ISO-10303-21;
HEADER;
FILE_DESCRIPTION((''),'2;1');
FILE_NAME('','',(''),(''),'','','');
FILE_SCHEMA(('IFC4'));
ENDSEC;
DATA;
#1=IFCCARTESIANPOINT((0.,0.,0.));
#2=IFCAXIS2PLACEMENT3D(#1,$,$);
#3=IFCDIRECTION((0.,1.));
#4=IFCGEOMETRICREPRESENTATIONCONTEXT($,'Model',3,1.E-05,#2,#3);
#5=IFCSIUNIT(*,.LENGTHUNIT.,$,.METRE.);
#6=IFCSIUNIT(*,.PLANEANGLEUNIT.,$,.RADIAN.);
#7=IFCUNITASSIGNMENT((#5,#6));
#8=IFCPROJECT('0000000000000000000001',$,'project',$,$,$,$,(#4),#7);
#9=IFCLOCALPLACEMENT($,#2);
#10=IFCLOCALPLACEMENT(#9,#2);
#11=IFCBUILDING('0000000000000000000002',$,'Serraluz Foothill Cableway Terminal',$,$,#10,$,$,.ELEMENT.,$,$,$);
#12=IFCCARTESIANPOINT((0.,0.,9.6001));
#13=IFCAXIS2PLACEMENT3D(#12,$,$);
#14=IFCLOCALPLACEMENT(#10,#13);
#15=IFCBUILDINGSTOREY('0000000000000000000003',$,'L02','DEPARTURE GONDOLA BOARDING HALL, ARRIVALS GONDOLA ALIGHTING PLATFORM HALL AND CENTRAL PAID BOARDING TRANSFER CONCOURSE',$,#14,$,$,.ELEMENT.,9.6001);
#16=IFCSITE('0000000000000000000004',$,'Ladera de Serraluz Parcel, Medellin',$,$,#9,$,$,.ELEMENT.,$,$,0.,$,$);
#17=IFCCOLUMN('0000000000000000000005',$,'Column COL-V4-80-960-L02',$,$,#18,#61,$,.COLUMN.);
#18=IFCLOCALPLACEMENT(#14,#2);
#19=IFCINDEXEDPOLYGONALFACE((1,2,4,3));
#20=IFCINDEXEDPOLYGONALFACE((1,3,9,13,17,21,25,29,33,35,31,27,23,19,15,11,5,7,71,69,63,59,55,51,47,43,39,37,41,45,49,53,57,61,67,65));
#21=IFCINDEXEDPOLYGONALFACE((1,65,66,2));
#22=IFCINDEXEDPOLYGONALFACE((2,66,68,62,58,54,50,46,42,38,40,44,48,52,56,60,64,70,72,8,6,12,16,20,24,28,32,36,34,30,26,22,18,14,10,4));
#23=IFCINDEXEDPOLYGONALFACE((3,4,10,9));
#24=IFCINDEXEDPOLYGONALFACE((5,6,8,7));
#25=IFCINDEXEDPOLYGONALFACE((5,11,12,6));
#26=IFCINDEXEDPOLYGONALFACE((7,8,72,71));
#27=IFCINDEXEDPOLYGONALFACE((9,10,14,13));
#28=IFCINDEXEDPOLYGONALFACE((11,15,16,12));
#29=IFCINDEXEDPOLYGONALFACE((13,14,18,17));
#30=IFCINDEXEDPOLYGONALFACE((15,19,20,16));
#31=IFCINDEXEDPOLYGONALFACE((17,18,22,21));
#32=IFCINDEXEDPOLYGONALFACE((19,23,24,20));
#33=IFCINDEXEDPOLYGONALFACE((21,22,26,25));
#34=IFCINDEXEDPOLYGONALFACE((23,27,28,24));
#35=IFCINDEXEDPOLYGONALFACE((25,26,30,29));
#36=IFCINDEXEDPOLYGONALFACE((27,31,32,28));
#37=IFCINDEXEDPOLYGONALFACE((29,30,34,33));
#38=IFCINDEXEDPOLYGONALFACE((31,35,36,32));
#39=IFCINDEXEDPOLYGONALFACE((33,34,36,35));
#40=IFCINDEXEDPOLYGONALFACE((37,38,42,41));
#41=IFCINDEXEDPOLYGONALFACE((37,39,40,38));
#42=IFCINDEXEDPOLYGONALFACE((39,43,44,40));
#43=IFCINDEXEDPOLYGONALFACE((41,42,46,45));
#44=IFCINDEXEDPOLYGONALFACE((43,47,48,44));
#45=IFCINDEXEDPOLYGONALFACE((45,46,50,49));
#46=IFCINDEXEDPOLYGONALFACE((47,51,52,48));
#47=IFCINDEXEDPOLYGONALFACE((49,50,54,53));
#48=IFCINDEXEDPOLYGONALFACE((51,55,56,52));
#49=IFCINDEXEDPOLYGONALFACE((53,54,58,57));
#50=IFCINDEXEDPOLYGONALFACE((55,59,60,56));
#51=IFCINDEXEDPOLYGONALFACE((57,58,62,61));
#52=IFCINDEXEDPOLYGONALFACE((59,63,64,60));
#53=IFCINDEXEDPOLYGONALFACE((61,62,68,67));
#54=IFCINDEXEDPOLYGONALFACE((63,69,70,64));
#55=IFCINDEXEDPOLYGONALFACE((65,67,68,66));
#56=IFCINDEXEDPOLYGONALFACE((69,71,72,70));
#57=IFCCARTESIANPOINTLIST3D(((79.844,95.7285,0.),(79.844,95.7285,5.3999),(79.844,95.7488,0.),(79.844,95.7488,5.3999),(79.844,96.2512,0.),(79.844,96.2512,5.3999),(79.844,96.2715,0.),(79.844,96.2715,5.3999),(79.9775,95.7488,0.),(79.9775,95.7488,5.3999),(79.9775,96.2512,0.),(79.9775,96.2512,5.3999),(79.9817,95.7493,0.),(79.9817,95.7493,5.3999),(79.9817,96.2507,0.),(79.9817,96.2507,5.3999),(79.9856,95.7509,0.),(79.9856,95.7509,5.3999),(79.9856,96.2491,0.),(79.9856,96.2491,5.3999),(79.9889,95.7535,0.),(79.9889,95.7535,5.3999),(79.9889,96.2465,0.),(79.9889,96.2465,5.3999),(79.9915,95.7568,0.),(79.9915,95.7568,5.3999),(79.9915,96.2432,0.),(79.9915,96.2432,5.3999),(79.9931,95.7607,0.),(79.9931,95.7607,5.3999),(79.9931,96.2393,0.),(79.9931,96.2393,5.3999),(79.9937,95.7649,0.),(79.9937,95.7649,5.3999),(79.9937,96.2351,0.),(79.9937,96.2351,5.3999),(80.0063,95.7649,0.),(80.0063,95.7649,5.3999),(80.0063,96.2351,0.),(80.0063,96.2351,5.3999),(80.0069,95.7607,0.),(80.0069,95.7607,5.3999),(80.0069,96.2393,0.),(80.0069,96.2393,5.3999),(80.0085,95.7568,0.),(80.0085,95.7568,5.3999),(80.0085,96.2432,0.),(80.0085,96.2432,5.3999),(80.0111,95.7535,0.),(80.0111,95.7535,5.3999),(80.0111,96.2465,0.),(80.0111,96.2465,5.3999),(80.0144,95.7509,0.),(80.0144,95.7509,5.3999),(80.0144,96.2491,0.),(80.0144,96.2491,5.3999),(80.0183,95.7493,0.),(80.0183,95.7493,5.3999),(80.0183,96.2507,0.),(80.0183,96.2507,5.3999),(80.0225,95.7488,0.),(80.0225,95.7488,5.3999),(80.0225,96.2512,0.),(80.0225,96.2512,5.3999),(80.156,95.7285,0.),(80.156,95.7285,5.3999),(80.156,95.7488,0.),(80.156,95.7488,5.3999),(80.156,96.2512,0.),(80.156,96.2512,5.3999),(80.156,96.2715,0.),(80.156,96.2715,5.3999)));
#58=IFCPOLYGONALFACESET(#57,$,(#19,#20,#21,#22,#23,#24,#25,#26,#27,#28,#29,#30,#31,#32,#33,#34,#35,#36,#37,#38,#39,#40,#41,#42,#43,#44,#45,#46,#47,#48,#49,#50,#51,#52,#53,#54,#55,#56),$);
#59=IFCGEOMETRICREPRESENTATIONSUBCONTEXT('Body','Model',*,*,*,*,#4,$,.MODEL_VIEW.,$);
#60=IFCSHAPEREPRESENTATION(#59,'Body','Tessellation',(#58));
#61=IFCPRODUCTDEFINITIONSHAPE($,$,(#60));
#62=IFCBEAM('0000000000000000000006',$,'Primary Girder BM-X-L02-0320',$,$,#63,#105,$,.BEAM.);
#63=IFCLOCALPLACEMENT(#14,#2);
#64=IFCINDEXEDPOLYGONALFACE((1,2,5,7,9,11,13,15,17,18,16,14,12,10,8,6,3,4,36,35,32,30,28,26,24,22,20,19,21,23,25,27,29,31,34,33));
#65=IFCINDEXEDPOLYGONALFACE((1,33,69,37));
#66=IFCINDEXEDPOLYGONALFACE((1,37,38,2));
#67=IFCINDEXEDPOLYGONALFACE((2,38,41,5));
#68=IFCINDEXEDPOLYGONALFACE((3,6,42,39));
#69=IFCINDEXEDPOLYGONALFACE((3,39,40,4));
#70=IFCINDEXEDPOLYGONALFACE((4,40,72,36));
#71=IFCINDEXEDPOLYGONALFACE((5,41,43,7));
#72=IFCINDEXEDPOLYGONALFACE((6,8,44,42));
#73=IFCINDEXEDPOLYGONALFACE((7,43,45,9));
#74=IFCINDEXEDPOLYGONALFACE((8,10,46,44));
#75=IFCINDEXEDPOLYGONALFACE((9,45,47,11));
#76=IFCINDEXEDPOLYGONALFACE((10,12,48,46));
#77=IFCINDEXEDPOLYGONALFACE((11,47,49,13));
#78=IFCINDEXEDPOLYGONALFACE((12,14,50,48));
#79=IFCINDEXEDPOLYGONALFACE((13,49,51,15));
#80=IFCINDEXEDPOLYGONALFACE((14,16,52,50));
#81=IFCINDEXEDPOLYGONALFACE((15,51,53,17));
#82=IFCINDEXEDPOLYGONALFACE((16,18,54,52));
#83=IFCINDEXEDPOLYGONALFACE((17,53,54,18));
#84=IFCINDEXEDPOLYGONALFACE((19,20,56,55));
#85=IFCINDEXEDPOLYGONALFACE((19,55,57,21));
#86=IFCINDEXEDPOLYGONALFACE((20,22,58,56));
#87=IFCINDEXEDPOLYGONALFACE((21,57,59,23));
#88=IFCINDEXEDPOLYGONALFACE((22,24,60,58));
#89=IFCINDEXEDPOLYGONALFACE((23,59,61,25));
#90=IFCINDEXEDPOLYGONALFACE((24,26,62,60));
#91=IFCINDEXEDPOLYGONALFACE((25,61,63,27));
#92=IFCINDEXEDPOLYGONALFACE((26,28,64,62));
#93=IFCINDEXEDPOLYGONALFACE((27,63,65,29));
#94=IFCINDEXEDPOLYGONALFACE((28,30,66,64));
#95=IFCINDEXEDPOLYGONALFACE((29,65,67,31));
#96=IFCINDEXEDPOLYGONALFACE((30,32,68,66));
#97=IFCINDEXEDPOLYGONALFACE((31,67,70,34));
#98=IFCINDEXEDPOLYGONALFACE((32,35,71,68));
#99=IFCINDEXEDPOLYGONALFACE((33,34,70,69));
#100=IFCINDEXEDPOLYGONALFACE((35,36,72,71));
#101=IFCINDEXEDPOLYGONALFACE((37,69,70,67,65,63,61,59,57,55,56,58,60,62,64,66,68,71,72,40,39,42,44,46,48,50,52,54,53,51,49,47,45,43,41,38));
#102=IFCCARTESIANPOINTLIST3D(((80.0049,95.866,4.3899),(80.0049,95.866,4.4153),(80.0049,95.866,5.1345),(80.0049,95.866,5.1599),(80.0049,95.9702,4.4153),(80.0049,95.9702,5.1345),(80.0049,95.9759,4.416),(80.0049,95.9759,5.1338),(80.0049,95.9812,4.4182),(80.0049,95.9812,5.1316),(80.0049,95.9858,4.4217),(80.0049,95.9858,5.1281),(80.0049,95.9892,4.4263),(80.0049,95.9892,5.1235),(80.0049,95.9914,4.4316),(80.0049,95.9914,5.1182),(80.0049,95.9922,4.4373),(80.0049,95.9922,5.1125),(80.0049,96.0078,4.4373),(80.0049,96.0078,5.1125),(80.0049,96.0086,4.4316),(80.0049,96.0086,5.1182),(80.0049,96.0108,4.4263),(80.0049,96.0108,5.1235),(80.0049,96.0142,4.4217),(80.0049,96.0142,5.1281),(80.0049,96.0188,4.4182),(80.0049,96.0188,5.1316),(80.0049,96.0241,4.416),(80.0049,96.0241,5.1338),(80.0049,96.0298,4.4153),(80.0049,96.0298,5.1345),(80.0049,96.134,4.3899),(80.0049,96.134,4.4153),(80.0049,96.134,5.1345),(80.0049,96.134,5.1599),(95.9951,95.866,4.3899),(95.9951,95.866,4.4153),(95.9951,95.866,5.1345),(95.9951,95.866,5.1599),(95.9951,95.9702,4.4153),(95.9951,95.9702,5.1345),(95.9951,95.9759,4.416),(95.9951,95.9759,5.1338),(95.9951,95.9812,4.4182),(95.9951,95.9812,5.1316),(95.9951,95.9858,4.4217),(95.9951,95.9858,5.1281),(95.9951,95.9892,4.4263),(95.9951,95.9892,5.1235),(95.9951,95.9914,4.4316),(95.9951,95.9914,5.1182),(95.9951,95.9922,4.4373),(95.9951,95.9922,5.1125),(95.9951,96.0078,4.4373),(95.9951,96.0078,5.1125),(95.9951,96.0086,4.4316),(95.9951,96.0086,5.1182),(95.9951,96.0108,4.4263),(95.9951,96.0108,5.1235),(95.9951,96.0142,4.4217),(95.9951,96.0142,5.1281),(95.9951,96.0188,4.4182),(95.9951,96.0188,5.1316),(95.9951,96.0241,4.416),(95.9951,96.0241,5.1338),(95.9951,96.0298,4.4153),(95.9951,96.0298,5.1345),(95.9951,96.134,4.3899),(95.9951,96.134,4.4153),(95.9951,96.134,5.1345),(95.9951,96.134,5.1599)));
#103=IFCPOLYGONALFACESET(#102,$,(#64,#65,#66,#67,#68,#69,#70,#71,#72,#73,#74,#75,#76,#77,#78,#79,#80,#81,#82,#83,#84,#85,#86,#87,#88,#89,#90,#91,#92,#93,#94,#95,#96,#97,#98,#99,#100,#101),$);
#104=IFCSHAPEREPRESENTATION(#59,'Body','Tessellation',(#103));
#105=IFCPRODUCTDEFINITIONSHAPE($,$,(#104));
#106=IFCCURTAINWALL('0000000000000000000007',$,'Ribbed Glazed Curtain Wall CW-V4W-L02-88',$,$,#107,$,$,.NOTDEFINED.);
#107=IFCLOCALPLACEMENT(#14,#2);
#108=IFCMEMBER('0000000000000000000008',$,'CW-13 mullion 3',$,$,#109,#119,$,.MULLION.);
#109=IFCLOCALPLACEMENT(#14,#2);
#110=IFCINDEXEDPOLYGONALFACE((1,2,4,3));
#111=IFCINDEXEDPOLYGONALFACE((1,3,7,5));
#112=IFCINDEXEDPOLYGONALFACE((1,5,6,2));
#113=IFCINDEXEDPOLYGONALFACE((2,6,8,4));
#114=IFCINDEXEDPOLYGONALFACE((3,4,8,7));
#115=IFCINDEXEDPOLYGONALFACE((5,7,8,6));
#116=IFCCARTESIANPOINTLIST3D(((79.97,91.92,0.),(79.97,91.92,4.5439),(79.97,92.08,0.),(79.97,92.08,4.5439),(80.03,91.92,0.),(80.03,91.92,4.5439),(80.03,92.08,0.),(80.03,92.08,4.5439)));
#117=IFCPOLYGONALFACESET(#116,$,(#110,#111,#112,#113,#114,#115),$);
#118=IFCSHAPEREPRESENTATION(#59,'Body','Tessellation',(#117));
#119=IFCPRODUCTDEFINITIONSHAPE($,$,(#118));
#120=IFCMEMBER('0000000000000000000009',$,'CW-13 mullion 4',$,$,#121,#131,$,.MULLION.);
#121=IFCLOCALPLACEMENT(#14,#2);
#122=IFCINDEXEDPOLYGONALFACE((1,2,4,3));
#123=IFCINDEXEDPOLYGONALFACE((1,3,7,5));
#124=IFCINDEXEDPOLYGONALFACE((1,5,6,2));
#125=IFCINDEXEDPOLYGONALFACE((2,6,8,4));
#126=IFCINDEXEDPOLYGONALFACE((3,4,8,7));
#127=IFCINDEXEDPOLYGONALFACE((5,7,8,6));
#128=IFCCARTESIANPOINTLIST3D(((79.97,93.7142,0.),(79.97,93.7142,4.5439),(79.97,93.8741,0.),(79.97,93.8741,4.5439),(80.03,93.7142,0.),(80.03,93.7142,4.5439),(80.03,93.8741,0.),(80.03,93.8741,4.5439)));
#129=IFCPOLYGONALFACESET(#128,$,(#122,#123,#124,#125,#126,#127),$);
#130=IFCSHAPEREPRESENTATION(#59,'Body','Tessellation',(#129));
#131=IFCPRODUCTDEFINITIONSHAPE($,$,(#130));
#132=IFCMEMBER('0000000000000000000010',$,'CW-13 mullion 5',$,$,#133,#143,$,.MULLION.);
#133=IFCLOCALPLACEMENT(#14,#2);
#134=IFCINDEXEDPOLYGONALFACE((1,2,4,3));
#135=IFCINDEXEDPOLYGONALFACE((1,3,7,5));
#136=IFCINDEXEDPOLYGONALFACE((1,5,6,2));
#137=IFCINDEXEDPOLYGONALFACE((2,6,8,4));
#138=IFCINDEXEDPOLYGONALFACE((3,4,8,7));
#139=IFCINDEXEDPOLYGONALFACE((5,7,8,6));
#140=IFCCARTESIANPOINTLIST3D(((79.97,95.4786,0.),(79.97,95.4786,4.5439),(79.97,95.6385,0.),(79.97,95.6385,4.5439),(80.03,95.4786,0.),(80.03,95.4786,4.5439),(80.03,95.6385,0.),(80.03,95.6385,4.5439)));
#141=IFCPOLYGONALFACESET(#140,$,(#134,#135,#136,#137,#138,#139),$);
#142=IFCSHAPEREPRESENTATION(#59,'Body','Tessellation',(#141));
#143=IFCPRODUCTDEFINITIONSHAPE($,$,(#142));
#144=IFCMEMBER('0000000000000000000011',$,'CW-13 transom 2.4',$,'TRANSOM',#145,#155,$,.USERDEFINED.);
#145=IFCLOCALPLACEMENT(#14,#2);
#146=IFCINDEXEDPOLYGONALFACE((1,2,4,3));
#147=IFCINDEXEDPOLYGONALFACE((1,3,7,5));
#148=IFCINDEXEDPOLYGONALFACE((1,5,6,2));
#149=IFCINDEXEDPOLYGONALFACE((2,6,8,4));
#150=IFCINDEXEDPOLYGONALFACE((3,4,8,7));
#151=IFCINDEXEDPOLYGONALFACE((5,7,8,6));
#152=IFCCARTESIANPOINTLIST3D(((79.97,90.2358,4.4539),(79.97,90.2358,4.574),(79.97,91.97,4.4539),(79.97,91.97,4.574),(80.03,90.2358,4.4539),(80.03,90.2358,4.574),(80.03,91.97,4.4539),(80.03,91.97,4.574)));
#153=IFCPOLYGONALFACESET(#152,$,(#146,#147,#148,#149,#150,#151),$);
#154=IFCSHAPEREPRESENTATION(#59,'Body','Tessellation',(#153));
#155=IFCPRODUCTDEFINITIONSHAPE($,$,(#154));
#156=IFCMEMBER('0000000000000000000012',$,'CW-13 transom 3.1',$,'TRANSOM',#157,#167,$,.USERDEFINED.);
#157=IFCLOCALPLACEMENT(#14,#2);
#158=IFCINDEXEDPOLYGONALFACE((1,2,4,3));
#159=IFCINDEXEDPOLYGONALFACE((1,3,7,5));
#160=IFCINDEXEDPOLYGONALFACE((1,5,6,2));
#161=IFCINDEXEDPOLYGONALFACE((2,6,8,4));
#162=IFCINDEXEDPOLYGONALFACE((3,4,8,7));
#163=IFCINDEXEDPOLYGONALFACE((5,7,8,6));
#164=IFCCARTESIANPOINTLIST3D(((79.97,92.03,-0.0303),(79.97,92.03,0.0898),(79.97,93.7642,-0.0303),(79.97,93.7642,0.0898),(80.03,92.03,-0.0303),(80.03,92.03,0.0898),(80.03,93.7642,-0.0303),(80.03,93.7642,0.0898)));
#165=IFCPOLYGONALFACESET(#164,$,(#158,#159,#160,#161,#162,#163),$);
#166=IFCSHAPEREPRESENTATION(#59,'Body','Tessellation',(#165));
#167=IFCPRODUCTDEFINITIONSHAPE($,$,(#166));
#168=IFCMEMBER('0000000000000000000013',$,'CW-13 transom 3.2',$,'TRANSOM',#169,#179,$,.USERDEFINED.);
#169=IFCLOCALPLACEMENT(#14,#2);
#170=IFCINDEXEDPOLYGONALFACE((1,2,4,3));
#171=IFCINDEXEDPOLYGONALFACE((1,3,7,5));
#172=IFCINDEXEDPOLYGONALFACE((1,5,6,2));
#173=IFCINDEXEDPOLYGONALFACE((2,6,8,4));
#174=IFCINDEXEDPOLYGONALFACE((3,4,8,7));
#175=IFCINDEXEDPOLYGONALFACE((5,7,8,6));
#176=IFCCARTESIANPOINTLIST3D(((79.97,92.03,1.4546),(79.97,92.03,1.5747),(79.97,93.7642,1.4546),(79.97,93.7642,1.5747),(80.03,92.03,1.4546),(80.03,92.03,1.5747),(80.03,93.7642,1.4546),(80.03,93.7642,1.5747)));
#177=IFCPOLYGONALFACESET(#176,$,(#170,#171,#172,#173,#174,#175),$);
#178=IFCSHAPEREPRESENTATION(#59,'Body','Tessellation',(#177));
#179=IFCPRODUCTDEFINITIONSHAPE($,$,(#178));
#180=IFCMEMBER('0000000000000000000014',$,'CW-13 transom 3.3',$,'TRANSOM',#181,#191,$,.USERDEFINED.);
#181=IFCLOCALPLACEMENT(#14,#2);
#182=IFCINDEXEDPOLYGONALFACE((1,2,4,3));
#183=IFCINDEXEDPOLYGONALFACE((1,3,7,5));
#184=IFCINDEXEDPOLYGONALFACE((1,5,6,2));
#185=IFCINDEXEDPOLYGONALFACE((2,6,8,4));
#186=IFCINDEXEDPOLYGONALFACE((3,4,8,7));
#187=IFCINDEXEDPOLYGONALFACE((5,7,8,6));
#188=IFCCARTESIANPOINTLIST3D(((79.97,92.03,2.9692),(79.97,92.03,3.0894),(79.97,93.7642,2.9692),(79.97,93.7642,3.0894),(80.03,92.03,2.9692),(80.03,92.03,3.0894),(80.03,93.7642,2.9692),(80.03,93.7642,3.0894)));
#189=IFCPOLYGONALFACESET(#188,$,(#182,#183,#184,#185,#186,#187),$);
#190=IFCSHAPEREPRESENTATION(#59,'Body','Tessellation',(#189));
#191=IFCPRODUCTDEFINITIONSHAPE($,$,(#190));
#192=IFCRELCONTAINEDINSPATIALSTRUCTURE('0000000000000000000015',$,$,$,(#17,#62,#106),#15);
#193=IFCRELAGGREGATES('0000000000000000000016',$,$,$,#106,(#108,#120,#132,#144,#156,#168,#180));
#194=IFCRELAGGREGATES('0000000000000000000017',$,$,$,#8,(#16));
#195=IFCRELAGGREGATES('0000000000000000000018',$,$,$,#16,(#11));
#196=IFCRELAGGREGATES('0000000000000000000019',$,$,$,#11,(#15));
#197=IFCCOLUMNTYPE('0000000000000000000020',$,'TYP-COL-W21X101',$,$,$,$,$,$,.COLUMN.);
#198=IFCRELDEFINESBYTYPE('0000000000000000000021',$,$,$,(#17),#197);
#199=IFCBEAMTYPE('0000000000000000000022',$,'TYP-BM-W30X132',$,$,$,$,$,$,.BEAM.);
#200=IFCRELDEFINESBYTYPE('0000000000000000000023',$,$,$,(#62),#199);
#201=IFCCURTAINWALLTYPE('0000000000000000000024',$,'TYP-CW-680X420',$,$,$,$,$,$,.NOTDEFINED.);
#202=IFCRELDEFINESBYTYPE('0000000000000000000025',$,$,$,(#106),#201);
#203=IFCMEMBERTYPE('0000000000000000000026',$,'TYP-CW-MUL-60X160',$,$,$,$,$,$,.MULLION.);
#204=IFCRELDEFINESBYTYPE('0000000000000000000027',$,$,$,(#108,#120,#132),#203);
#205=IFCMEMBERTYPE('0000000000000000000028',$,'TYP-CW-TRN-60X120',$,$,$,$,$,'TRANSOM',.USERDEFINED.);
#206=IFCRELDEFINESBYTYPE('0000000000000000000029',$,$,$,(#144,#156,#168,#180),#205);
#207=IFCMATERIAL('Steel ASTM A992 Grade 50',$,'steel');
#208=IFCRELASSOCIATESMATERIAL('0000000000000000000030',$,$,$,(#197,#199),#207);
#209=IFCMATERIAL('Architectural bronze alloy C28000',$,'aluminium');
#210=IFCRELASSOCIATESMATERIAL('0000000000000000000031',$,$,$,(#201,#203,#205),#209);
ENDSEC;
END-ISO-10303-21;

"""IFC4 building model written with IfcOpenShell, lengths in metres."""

from ifc_helpers import new_model, si_unit, direction, frame, origin, origin_2d, place, context, subcontext, project, spatial, rectangle, i_section, extrude, material, material_profile, profile_set, type_object, element, aggregate, save


model = new_model("IFC4")

# Units and contexts
model_context = context("Model", 3, precision=1e-05, world=origin(), true_north=direction((0.0, 1.0)))
body_context = subcontext(model_context, "Body", "Model", "MODEL_VIEW")
ifc_project = project(units=[si_unit("LENGTHUNIT", "METRE"), si_unit("PLANEANGLEUNIT", "RADIAN")], contexts=[model_context])

# Site, building, storey
site_placement = place(None, origin())
site = spatial("IfcSite", under=ifc_project, at=site_placement, Name="Ladera de Serraluz Parcel, Medellin", CompositionType="ELEMENT", RefElevation=0.0)
building_placement = place(site_placement, origin())
building = spatial("IfcBuilding", under=site, at=building_placement, Name="Serraluz Foothill Cableway Terminal", CompositionType="ELEMENT")
storey_placement = place(building_placement, frame((0.0, 0.0, 9.6001)))
storey = spatial("IfcBuildingStorey", under=building, at=storey_placement, Name="L02", Description="DEPARTURE GONDOLA BOARDING HALL, ARRIVALS GONDOLA ALIGHTING PLATFORM HALL AND CENTRAL PAID BOARDING TRANSFER CONCOURSE", CompositionType="ELEMENT", Elevation=9.6001)

# Column
ifc_material_1 = material(Name="Steel ASTM A992 Grade 50", Category="steel")
ifc_material_profile_1 = material_profile(ifc_material_1, i_section(OverallWidth=0.312, OverallDepth=0.543, WebThickness=0.0127, FlangeThickness=0.0203, FilletRadius=0.0161, at=origin_2d()), Name="W21X101")
ifc_profile_set_1 = profile_set([ifc_material_profile_1], Name="Steel ASTM A992 Grade 50")
column_type = type_object("IfcColumnType", Name="TYP-COL-W21X101", PredefinedType="COLUMN", material=ifc_profile_set_1)
column_placement = place(storey_placement, frame((80.0, 96.0, 0.0), z_axis=(0.0, 0.0, 1.0), x_axis=(1.0, 0.0, 0.0)))
element("IfcColumn", 1, at=column_placement, inside=storey, type_object=column_type, Name="Column COL-V4-80-960-L02", PredefinedType="COLUMN", context=body_context, shape_type="SweptSolid", body=[
    extrude(i_section(OverallWidth=0.312, OverallDepth=0.543, WebThickness=0.0127, FlangeThickness=0.0203, FilletRadius=0.0161, at=origin_2d()), origin(), (0.0, 0.0, 1.0), 5.3999),
])

# Beam
ifc_material_profile_2 = material_profile(ifc_material_1, i_section(OverallWidth=0.2681, OverallDepth=0.77, WebThickness=0.0156, FlangeThickness=0.0254, FilletRadius=0.022, at=origin_2d()), Name="W30X132")
ifc_profile_set_2 = profile_set([ifc_material_profile_2], Name="Steel ASTM A992 Grade 50")
beam_type_1 = type_object("IfcBeamType", Name="TYP-BM-W30X132", PredefinedType="BEAM", material=ifc_profile_set_2)
beam_1_placement = place(storey_placement, frame((80.0049, 96.0, 4.7749), z_axis=(1.0, 0.0, 0.0), x_axis=(0.0, 1.0, 0.0)))
element("IfcBeam", 2, at=beam_1_placement, inside=storey, type_object=beam_type_1, Name="Primary Girder BM-X-L02-0320", PredefinedType="BEAM", context=body_context, shape_type="SweptSolid", body=[
    extrude(i_section(OverallWidth=0.2681, OverallDepth=0.77, WebThickness=0.0156, FlangeThickness=0.0254, FilletRadius=0.022, at=origin_2d()), origin(), (0.0, 0.0, 1.0), 15.9902),
])

# Curtain wall, members
ifc_material_2 = material(Name="Architectural bronze alloy C28000", Category="aluminium")
curtain_wall_type = type_object("IfcCurtainWallType", Name="TYP-CW-680X420", PredefinedType="NOTDEFINED", material=ifc_material_2)
curtain_wall_placement = place(storey_placement, origin())
curtain_wall = element("IfcCurtainWall", 3, at=curtain_wall_placement, inside=storey, type_object=curtain_wall_type, Name="Ribbed Glazed Curtain Wall CW-V4W-L02-88", PredefinedType="NOTDEFINED")
ifc_material_profile_3 = material_profile(ifc_material_2, rectangle(XDim=0.0601, YDim=0.1599, at=origin_2d()), Name="ALU MULLION 60x160")
ifc_profile_set_3 = profile_set([ifc_material_profile_3], Name="Architectural bronze alloy C28000")
member_type_1 = type_object("IfcMemberType", Name="TYP-CW-MUL-60X160", PredefinedType="MULLION", material=ifc_profile_set_3)
member_1_placement = place(storey_placement, frame((80.0, 92.0, 0.0), z_axis=(0.0, 0.0, 1.0), x_axis=(-1.0, 0.0, 0.0)))
member_1 = element("IfcMember", 4, at=member_1_placement, type_object=member_type_1, Name="CW-13 mullion 3", PredefinedType="MULLION", context=body_context, shape_type="SweptSolid", body=[
    extrude(rectangle(XDim=0.0601, YDim=0.1599, at=origin_2d()), origin(), (0.0, 0.0, 1.0), 4.5439),
])
member_2_placement = place(storey_placement, frame((80.0, 93.7942, 0.0), z_axis=(0.0, 0.0, 1.0), x_axis=(-1.0, 0.0, 0.0)))
member_2 = element("IfcMember", 5, at=member_2_placement, type_object=member_type_1, Name="CW-13 mullion 4", PredefinedType="MULLION", context=body_context, shape_type="SweptSolid", body=[
    extrude(rectangle(XDim=0.0601, YDim=0.1599, at=origin_2d()), origin(), (0.0, 0.0, 1.0), 4.5439),
])
member_3_placement = place(storey_placement, frame((80.0, 95.5586, 0.0), z_axis=(0.0, 0.0, 1.0), x_axis=(-1.0, 0.0, 0.0)))
member_3 = element("IfcMember", 6, at=member_3_placement, type_object=member_type_1, Name="CW-13 mullion 5", PredefinedType="MULLION", context=body_context, shape_type="SweptSolid", body=[
    extrude(rectangle(XDim=0.0601, YDim=0.1599, at=origin_2d()), origin(), (0.0, 0.0, 1.0), 4.5439),
])
ifc_material_profile_4 = material_profile(ifc_material_2, rectangle(XDim=0.0601, YDim=0.1201, at=origin_2d()), Name="ALU TRANSOM 60x120")
ifc_profile_set_4 = profile_set([ifc_material_profile_4], Name="Architectural bronze alloy C28000")
member_type_2 = type_object("IfcMemberType", Name="TYP-CW-TRN-60X120", ElementType="TRANSOM", PredefinedType="USERDEFINED", material=ifc_profile_set_4)
member_4_placement = place(storey_placement, frame((80.0, 90.2358, 4.5139), z_axis=(0.0, 1.0, 0.0), x_axis=(-1.0, 0.0, 0.0)))
member_4 = element("IfcMember", 7, at=member_4_placement, type_object=member_type_2, Name="CW-13 transom 2.4", ObjectType="TRANSOM", PredefinedType="USERDEFINED", context=body_context, shape_type="SweptSolid", body=[
    extrude(rectangle(XDim=0.0601, YDim=0.1201, at=origin_2d()), origin(), (0.0, 0.0, 1.0), 1.7341),
])
member_5_placement = place(storey_placement, frame((80.0, 92.03, 0.0298), z_axis=(0.0, 1.0, 0.0), x_axis=(-1.0, 0.0, 0.0)))
member_5 = element("IfcMember", 8, at=member_5_placement, type_object=member_type_2, Name="CW-13 transom 3.1", ObjectType="TRANSOM", PredefinedType="USERDEFINED", context=body_context, shape_type="SweptSolid", body=[
    extrude(rectangle(XDim=0.0601, YDim=0.1201, at=origin_2d()), origin(), (0.0, 0.0, 1.0), 1.7341),
])
member_6_placement = place(storey_placement, frame((80.0, 92.03, 1.5146), z_axis=(0.0, 1.0, 0.0), x_axis=(-1.0, 0.0, 0.0)))
member_6 = element("IfcMember", 9, at=member_6_placement, type_object=member_type_2, Name="CW-13 transom 3.2", ObjectType="TRANSOM", PredefinedType="USERDEFINED", context=body_context, shape_type="SweptSolid", body=[
    extrude(rectangle(XDim=0.0601, YDim=0.1201, at=origin_2d()), origin(), (0.0, 0.0, 1.0), 1.7341),
])
member_7_placement = place(storey_placement, frame((80.0, 92.03, 3.0293), z_axis=(0.0, 1.0, 0.0), x_axis=(-1.0, 0.0, 0.0)))
member_7 = element("IfcMember", 10, at=member_7_placement, type_object=member_type_2, Name="CW-13 transom 3.3", ObjectType="TRANSOM", PredefinedType="USERDEFINED", context=body_context, shape_type="SweptSolid", body=[
    extrude(rectangle(XDim=0.0601, YDim=0.1201, at=origin_2d()), origin(), (0.0, 0.0, 1.0), 1.7341),
])

aggregate(curtain_wall, [member_1, member_2, member_3, member_4, member_5, member_6, member_7])

save(model, "model.ifc")
